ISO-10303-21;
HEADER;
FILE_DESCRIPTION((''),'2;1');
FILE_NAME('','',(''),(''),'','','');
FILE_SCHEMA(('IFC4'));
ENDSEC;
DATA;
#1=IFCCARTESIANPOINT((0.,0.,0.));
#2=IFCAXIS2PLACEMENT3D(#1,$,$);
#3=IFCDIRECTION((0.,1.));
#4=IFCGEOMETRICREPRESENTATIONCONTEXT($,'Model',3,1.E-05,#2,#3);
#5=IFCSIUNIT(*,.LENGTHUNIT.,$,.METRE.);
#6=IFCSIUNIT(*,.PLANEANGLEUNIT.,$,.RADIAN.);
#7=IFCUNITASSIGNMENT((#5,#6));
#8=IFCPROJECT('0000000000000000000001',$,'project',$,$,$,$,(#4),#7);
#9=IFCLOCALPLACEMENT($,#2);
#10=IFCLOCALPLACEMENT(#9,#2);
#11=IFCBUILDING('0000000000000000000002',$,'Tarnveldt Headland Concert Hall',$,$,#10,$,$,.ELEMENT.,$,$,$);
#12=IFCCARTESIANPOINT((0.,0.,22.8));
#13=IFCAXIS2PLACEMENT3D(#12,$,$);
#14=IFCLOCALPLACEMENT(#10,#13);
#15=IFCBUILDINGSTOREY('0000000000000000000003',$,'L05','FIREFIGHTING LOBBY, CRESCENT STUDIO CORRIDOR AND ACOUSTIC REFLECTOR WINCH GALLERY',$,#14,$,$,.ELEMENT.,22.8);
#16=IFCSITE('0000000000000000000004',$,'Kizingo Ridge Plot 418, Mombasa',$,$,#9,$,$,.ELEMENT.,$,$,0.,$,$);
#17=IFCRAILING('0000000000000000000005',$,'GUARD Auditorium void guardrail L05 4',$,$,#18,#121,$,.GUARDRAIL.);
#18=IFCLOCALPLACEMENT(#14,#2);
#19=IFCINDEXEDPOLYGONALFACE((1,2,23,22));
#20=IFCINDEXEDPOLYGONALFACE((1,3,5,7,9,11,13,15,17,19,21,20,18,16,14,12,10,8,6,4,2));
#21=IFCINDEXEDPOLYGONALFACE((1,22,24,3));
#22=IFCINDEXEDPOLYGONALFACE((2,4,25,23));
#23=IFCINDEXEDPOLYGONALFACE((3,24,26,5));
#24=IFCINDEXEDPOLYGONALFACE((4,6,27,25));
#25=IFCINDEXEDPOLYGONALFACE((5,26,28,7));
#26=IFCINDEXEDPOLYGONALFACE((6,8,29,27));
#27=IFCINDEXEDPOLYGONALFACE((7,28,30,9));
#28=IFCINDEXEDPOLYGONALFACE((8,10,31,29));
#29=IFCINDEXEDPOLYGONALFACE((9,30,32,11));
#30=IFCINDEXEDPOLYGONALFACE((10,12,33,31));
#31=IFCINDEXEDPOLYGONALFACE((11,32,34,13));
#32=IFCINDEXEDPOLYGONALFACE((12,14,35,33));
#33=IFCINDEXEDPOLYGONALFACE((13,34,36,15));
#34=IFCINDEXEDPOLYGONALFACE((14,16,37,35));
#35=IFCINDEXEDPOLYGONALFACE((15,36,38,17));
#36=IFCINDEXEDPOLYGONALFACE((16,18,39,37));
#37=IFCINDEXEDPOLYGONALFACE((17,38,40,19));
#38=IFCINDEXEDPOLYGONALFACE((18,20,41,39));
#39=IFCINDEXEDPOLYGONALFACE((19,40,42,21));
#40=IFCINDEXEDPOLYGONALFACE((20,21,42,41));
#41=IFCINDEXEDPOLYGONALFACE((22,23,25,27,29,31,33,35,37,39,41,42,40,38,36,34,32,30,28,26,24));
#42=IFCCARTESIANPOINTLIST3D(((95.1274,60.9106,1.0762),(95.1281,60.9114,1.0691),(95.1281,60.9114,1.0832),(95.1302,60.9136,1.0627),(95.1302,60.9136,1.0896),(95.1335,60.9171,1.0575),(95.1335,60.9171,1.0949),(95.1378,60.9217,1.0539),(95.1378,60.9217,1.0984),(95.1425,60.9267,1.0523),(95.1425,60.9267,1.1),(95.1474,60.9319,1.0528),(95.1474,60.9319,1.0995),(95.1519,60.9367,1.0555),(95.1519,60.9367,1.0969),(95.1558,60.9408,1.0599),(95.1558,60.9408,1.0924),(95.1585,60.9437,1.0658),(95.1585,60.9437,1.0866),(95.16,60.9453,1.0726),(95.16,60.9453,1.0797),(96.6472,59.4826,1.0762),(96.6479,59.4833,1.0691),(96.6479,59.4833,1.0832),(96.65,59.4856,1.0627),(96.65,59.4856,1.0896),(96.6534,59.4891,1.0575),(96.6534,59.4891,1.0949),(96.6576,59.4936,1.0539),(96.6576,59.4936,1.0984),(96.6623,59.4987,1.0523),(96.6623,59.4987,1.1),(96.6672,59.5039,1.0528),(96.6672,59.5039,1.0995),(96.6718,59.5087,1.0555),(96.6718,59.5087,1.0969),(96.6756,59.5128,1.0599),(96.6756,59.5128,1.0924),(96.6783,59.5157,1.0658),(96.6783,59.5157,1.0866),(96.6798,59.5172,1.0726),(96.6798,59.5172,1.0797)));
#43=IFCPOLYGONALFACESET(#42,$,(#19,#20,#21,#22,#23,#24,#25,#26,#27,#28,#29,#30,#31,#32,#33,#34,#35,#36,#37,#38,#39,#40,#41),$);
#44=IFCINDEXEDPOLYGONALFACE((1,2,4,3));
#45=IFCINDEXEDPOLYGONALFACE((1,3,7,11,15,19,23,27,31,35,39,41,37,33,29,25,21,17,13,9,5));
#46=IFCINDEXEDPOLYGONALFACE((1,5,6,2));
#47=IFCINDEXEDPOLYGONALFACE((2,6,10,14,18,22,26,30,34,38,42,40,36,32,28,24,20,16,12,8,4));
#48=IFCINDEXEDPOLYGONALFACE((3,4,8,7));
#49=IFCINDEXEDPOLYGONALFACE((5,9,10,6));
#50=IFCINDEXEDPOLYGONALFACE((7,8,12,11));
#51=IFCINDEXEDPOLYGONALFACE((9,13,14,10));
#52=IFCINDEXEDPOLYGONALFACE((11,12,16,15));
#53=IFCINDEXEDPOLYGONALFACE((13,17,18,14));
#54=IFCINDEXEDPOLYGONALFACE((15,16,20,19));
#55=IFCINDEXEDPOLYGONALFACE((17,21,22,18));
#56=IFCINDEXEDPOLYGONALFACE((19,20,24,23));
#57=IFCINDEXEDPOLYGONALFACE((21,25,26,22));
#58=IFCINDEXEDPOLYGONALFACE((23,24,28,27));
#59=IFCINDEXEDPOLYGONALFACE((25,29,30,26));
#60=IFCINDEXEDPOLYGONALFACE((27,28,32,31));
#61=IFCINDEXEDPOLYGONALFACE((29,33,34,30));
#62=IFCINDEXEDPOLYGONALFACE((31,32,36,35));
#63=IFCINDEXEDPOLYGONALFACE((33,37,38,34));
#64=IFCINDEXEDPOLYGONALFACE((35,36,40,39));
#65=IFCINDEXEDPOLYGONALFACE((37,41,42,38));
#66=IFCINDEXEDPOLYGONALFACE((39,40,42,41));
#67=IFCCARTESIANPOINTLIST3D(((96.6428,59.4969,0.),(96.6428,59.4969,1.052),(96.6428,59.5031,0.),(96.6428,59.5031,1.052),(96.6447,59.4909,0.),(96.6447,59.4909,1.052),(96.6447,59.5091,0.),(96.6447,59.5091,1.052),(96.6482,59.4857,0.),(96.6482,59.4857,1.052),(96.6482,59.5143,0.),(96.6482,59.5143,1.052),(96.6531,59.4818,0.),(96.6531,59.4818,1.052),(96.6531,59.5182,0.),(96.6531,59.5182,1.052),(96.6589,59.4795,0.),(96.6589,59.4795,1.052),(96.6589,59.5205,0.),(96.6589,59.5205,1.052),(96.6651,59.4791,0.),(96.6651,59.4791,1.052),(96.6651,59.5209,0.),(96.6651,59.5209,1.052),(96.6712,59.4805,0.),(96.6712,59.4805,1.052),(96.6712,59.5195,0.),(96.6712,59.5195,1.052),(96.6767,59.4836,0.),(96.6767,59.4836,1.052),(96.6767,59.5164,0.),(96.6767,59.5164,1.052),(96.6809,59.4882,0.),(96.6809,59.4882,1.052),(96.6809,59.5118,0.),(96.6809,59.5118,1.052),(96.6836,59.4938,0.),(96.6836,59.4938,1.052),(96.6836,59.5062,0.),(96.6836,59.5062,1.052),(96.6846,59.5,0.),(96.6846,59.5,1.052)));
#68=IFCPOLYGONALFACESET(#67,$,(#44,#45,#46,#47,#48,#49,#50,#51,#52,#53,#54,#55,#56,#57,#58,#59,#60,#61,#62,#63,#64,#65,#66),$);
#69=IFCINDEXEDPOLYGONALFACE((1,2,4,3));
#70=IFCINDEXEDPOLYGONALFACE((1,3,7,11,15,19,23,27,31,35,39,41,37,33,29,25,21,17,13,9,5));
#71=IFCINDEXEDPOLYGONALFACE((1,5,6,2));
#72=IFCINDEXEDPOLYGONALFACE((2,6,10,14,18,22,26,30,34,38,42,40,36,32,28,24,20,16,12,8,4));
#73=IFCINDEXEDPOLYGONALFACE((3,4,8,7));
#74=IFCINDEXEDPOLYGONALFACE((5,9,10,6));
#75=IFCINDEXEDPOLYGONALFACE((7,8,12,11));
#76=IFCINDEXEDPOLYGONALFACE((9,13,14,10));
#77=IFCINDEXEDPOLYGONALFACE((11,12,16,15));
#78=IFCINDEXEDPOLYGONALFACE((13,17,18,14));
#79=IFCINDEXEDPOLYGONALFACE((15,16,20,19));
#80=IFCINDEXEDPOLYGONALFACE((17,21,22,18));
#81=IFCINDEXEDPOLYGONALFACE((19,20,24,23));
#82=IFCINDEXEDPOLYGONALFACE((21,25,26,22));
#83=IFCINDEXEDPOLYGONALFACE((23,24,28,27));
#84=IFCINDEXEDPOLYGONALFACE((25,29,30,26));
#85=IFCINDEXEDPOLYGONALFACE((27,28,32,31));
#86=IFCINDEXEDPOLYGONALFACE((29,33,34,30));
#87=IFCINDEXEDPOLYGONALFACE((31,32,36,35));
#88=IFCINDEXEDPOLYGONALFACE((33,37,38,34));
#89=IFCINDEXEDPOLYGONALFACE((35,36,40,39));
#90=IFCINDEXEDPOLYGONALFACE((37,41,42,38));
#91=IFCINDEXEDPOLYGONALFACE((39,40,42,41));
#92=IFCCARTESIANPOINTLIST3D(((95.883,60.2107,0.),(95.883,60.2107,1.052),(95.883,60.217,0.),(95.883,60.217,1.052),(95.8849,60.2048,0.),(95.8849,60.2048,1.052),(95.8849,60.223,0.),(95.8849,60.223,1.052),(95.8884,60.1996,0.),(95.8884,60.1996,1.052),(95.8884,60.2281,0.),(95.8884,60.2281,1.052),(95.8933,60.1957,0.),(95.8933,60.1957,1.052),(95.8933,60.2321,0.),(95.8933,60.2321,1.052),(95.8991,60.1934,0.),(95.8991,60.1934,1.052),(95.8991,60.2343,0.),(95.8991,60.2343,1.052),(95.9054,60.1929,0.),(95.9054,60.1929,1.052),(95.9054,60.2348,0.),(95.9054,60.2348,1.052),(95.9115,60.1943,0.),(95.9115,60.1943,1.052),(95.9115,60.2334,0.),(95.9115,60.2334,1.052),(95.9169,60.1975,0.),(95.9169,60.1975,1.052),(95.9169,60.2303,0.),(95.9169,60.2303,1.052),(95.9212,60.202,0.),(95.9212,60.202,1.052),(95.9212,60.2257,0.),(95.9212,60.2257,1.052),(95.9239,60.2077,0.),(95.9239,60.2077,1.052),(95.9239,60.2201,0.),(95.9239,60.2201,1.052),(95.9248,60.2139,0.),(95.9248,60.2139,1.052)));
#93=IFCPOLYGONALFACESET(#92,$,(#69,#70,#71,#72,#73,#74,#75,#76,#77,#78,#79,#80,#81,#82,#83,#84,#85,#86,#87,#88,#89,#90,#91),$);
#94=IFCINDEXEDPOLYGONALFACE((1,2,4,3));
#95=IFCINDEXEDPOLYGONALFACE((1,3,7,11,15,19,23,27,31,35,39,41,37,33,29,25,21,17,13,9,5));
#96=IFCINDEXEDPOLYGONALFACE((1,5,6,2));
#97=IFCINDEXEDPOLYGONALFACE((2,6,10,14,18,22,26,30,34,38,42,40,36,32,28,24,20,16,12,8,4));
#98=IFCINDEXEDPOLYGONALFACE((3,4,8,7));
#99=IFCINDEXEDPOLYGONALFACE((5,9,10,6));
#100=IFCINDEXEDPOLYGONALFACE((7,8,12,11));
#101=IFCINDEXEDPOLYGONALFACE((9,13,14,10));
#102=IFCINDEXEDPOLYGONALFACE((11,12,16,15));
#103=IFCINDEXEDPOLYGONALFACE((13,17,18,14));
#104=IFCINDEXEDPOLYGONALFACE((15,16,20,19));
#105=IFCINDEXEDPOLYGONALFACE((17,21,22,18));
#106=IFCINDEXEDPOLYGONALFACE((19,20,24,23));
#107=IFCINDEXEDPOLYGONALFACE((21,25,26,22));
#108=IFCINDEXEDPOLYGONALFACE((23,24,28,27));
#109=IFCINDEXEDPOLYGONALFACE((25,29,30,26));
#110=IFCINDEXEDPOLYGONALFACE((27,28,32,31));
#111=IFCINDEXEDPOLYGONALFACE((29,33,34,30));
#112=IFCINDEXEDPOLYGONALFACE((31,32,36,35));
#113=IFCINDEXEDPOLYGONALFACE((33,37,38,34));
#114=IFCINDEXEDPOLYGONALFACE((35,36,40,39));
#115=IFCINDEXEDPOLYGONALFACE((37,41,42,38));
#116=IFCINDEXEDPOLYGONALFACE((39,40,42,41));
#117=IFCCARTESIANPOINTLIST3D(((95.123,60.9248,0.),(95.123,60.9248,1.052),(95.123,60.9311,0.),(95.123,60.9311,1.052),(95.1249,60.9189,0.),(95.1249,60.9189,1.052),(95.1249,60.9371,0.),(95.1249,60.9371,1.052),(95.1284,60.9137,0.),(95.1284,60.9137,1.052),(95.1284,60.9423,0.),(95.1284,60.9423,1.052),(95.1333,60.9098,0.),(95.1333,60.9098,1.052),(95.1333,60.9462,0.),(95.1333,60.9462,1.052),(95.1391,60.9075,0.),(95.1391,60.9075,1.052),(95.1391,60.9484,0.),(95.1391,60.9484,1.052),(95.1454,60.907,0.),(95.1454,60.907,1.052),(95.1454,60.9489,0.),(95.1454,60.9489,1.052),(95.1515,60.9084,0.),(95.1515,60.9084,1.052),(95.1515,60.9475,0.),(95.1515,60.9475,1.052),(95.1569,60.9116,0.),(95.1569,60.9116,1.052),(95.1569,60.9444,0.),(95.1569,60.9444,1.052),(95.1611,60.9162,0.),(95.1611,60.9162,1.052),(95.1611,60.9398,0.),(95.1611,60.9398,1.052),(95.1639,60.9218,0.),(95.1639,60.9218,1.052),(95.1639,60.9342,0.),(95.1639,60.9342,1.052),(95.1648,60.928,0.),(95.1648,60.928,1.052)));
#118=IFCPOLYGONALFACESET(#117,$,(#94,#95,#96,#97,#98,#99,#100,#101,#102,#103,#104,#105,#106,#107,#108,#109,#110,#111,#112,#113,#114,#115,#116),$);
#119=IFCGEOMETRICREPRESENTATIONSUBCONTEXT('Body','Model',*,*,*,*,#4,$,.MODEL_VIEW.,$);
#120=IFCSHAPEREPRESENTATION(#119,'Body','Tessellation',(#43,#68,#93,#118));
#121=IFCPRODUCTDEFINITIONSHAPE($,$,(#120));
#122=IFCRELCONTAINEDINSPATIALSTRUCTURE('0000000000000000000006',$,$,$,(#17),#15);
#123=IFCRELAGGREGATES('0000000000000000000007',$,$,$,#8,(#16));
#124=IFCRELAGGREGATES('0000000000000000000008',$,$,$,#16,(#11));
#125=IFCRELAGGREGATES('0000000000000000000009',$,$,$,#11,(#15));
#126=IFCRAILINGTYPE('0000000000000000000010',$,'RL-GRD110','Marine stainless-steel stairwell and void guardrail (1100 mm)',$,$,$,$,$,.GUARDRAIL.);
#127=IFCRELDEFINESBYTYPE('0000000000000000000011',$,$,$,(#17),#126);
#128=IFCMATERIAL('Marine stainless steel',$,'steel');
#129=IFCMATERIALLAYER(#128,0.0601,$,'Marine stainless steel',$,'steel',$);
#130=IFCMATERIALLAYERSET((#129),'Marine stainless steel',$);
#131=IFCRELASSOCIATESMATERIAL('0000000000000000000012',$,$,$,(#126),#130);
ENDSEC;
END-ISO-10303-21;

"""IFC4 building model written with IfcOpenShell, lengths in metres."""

from ifc_helpers import new_model, si_unit, direction, frame, origin, origin_2d, place, context, subcontext, project, spatial, circle, extrude, material, layer, layer_set, type_object, element, save


model = new_model("IFC4")

# Units and contexts
model_context = context("Model", 3, precision=1e-05, world=origin(), true_north=direction((0.0, 1.0)))
body_context = subcontext(model_context, "Body", "Model", "MODEL_VIEW")
ifc_project = project(units=[si_unit("LENGTHUNIT", "METRE"), si_unit("PLANEANGLEUNIT", "RADIAN")], contexts=[model_context])

# Site, building, storey
site_placement = place(None, origin())
site = spatial("IfcSite", under=ifc_project, at=site_placement, Name="Kizingo Ridge Plot 418, Mombasa", CompositionType="ELEMENT", RefElevation=0.0)
building_placement = place(site_placement, origin())
building = spatial("IfcBuilding", under=site, at=building_placement, Name="Tarnveldt Headland Concert Hall", CompositionType="ELEMENT")
storey_placement = place(building_placement, frame((0.0, 0.0, 22.8)))
storey = spatial("IfcBuildingStorey", under=building, at=storey_placement, Name="L05", Description="FIREFIGHTING LOBBY, CRESCENT STUDIO CORRIDOR AND ACOUSTIC REFLECTOR WINCH GALLERY", CompositionType="ELEMENT", Elevation=22.8)

# Railing
ifc_material_1 = material(Name="Marine stainless steel", Category="steel")
ifc_layer_1 = layer(ifc_material_1, 0.0601, Name="Marine stainless steel", Category="steel")
ifc_layer_set_1 = layer_set([ifc_layer_1], Name="Marine stainless steel")
railing_type = type_object("IfcRailingType", Name="RL-GRD110", Description="Marine stainless-steel stairwell and void guardrail (1100 mm)", PredefinedType="GUARDRAIL", material=ifc_layer_set_1)
railing_1_placement = place(storey_placement, frame((96.6636, 59.5, 0.0)))
element("IfcRailing", 1, at=railing_1_placement, inside=storey, type_object=railing_type, Name="GUARD Auditorium void guardrail L05 4", PredefinedType="GUARDRAIL", context=body_context, shape_type="SweptSolid", body=[
    extrude(circle(Radius=0.0239, at=origin_2d()), frame((0.0, 0.0, 1.0762), z_axis=(-0.728774, 0.684755, 0.0), x_axis=(-0.684755, -0.728774, 0.0)), (0.0, 0.0, 1.0), 2.0854),
    extrude(circle(Radius=0.021, at=origin_2d()), origin(), (0.0, 0.0, 1.0), 1.052),
    extrude(circle(Radius=0.021, at=origin_2d()), frame((-0.7598, 0.7139, 0.0)), (0.0, 0.0, 1.0), 1.052),
    extrude(circle(Radius=0.021, at=origin_2d()), frame((-1.5198, 1.428, 0.0)), (0.0, 0.0, 1.0), 1.052),
])

save(model, "model.ifc")
